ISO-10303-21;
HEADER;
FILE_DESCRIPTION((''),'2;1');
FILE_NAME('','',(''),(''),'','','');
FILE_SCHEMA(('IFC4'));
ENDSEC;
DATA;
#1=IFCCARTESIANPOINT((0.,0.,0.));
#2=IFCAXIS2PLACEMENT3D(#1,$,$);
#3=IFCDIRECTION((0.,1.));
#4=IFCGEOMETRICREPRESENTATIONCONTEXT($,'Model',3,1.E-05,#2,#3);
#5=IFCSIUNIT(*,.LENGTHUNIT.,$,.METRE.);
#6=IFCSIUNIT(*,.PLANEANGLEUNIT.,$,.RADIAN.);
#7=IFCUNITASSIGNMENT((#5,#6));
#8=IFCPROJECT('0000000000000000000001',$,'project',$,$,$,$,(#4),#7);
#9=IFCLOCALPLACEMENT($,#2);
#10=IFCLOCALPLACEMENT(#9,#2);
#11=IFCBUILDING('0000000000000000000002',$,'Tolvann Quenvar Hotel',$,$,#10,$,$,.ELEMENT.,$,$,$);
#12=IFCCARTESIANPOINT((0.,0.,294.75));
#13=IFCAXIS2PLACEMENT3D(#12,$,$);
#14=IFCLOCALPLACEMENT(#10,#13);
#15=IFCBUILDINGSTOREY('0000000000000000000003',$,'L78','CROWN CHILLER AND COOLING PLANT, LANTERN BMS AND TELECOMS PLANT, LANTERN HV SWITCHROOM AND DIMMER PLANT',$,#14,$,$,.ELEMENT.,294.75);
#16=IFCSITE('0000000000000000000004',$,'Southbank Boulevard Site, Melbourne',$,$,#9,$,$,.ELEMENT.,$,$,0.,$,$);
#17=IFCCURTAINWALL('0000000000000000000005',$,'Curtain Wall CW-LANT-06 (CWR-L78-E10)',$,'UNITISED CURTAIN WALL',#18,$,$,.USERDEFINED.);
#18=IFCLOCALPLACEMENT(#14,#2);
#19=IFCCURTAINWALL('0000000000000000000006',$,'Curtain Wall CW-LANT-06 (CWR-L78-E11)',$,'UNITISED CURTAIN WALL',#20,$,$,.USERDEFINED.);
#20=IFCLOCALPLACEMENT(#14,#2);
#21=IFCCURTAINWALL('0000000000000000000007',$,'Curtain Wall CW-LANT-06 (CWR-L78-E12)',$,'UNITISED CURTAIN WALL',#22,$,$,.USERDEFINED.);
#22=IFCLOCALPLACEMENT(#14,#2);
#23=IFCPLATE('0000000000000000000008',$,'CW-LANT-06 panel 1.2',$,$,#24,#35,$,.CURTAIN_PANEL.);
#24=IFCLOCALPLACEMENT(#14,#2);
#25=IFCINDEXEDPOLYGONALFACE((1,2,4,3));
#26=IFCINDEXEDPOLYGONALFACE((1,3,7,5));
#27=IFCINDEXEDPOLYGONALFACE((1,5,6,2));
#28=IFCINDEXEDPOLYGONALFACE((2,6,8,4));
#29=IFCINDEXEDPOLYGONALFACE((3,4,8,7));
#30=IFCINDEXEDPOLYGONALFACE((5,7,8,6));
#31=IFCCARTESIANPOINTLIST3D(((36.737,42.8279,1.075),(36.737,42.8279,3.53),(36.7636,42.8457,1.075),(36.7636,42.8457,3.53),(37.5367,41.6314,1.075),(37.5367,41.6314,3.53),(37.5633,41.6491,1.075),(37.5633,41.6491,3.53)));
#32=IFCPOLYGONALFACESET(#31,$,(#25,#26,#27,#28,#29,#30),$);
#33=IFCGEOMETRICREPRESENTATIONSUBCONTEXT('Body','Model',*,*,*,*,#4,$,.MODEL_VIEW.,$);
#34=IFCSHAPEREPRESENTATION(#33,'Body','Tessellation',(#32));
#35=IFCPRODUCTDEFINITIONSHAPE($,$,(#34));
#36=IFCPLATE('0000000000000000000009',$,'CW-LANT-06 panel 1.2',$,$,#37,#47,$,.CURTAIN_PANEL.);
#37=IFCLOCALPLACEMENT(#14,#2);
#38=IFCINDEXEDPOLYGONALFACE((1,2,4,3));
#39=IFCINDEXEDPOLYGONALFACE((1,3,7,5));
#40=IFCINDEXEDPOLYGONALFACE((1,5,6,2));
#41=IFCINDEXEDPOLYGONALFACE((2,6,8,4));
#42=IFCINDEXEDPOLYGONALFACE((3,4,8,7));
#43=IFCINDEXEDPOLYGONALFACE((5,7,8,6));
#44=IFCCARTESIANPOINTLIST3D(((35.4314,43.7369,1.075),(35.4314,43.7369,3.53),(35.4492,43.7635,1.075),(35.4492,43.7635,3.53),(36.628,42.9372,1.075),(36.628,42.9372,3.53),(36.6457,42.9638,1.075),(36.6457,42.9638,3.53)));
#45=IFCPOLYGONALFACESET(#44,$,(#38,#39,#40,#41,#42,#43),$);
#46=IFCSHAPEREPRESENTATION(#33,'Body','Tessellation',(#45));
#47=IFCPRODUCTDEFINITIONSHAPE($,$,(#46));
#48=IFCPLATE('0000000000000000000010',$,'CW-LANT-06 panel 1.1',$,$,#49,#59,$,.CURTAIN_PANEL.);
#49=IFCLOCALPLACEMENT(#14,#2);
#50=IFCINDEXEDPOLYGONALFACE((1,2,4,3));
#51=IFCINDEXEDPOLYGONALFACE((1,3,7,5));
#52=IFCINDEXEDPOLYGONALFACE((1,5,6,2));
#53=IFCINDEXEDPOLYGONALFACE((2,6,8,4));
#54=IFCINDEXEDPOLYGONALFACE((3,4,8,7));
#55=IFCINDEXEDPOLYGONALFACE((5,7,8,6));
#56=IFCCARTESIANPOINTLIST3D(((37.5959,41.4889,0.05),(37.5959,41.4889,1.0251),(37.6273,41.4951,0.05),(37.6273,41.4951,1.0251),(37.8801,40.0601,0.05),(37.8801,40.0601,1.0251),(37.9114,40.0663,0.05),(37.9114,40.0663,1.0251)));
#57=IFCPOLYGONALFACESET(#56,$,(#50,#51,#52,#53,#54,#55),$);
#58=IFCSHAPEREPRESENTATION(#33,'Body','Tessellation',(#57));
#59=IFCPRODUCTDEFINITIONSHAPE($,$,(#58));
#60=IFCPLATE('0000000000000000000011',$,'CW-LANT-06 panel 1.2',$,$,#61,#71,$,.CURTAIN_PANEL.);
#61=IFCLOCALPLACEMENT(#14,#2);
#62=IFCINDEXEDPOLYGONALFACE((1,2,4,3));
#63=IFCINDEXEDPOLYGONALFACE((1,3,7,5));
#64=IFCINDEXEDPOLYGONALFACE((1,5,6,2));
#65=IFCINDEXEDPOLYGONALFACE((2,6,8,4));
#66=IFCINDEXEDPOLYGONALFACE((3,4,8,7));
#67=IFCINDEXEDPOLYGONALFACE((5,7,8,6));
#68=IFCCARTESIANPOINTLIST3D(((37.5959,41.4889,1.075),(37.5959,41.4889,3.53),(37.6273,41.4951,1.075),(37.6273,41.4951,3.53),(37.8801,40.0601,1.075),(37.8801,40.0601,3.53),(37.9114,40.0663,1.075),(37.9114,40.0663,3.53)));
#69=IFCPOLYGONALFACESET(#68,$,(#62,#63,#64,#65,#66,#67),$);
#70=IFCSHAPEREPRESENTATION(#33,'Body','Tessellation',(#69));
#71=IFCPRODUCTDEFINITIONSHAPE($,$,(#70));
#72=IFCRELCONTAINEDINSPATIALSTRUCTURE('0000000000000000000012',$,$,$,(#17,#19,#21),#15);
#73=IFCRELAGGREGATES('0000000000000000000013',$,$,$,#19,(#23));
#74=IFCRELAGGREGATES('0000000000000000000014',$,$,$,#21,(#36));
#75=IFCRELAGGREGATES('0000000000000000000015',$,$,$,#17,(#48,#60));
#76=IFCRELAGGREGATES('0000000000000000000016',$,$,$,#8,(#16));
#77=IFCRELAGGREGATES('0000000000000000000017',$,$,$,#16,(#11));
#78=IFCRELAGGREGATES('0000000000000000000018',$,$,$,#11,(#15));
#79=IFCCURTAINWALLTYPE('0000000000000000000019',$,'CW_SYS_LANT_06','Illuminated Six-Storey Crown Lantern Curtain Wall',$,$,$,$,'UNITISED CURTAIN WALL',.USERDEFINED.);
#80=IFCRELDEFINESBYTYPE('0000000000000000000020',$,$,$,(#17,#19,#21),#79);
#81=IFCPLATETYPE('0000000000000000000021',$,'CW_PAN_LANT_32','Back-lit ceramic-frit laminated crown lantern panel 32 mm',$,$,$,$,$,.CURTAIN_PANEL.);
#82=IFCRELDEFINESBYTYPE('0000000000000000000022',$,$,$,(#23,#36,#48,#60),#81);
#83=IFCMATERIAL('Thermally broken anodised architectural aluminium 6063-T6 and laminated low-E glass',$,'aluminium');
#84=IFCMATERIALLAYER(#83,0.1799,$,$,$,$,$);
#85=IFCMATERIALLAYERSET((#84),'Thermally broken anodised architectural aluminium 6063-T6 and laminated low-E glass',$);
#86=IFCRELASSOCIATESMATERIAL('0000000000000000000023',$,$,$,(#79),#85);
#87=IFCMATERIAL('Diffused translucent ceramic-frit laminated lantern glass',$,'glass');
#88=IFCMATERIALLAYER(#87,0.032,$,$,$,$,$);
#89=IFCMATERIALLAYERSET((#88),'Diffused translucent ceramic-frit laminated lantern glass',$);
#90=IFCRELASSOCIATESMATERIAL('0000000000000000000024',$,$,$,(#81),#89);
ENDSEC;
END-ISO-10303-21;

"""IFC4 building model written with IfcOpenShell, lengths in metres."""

from ifc_helpers import new_model, si_unit, direction, frame, origin, origin_2d, place, context, subcontext, project, spatial, rectangle, extrude, source, transform, mapped, material, layer, layer_set, type_object, element, aggregate, save


model = new_model("IFC4")

# Units and contexts
model_context = context("Model", 3, precision=1e-05, world=origin(), true_north=direction((0.0, 1.0)))
body_context = subcontext(model_context, "Body", "Model", "MODEL_VIEW")
ifc_project = project(units=[si_unit("LENGTHUNIT", "METRE"), si_unit("PLANEANGLEUNIT", "RADIAN")], contexts=[model_context])

# Site, building, storey
site_placement = place(None, origin())
site = spatial("IfcSite", under=ifc_project, at=site_placement, Name="Southbank Boulevard Site, Melbourne", CompositionType="ELEMENT", RefElevation=0.0)
building_placement = place(site_placement, origin())
building = spatial("IfcBuilding", under=site, at=building_placement, Name="Tolvann Quenvar Hotel", CompositionType="ELEMENT")
storey_placement = place(building_placement, frame((0.0, 0.0, 294.75)))
storey = spatial("IfcBuildingStorey", under=building, at=storey_placement, Name="L78", Description="CROWN CHILLER AND COOLING PLANT, LANTERN BMS AND TELECOMS PLANT, LANTERN HV SWITCHROOM AND DIMMER PLANT", CompositionType="ELEMENT", Elevation=294.75)

# Curtain walls
ifc_material_1 = material(Name="Thermally broken anodised architectural aluminium 6063-T6 and laminated low-E glass", Category="aluminium")
ifc_layer_1 = layer(ifc_material_1, 0.1799)
ifc_layer_set_1 = layer_set([ifc_layer_1], Name="Thermally broken anodised architectural aluminium 6063-T6 and laminated low-E glass")
curtain_wall_type = type_object("IfcCurtainWallType", Name="CW_SYS_LANT_06", Description="Illuminated Six-Storey Crown Lantern Curtain Wall", ElementType="UNITISED CURTAIN WALL", PredefinedType="USERDEFINED", material=ifc_layer_set_1)
curtain_wall_1_placement = place(storey_placement, origin())
curtain_wall_1 = element("IfcCurtainWall", 1, at=curtain_wall_1_placement, inside=storey, type_object=curtain_wall_type, Name="Curtain Wall CW-LANT-06 (CWR-L78-E10)", ObjectType="UNITISED CURTAIN WALL", PredefinedType="USERDEFINED")
curtain_wall_2_placement = place(storey_placement, origin())
curtain_wall_2 = element("IfcCurtainWall", 2, at=curtain_wall_2_placement, inside=storey, type_object=curtain_wall_type, Name="Curtain Wall CW-LANT-06 (CWR-L78-E11)", ObjectType="UNITISED CURTAIN WALL", PredefinedType="USERDEFINED")
curtain_wall_3_placement = place(storey_placement, origin())
curtain_wall_3 = element("IfcCurtainWall", 3, at=curtain_wall_3_placement, inside=storey, type_object=curtain_wall_type, Name="Curtain Wall CW-LANT-06 (CWR-L78-E12)", ObjectType="UNITISED CURTAIN WALL", PredefinedType="USERDEFINED")

# Plates
ifc_material_2 = material(Name="Diffused translucent ceramic-frit laminated lantern glass", Category="glass")
ifc_layer_2 = layer(ifc_material_2, 0.032)
ifc_layer_set_2 = layer_set([ifc_layer_2], Name="Diffused translucent ceramic-frit laminated lantern glass")
plate_type = type_object("IfcPlateType", Name="CW_PAN_LANT_32", Description="Back-lit ceramic-frit laminated crown lantern panel 32 mm", PredefinedType="CURTAIN_PANEL", material=ifc_layer_set_2)
shared_shape_1 = source(origin(), body_context, "Body", "SweptSolid", [
    extrude(rectangle(XDim=1.4392, YDim=0.032, at=origin_2d()), origin(), (0.0, 0.0, 1.0), 2.4551),
])
plate_1_placement = place(storey_placement, frame((37.1501, 42.2385, 1.075), z_axis=(0.0, 0.0, 1.0), x_axis=(-0.555656, 0.831412, 0.0)))
plate_1 = element("IfcPlate", 4, at=plate_1_placement, type_object=plate_type, Name="CW-LANT-06 panel 1.2", PredefinedType="CURTAIN_PANEL", context=body_context, shape_type="MappedRepresentation", body=[
    mapped(shared_shape_1, transform((0.0, 0.0, 0.0), x_axis=(1.0, 0.0, 0.0), y_axis=(0.0, 1.0, 0.0), z_axis=(0.0, 0.0, 1.0), scale=1.0)),
])
aggregate(curtain_wall_2, [plate_1])
plate_2_placement = place(storey_placement, frame((36.0386, 43.3503, 1.075), z_axis=(0.0, 0.0, 1.0), x_axis=(-0.831412, 0.555656, 0.0)))
plate_2 = element("IfcPlate", 5, at=plate_2_placement, type_object=plate_type, Name="CW-LANT-06 panel 1.2", PredefinedType="CURTAIN_PANEL", context=body_context, shape_type="MappedRepresentation", body=[
    mapped(shared_shape_1, transform((0.0, 0.0, 0.0), x_axis=(1.0, 0.0, 0.0), y_axis=(0.0, 1.0, 0.0), z_axis=(0.0, 0.0, 1.0), scale=1.0)),
])
aggregate(curtain_wall_3, [plate_2])
shared_shape_2 = source(origin(), body_context, "Body", "SweptSolid", [
    extrude(rectangle(XDim=1.4568, YDim=0.032, at=origin_2d()), origin(), (0.0, 0.0, 1.0), 0.9751),
])
plate_3_placement = place(storey_placement, frame((37.7537, 40.7776, 0.05), z_axis=(0.0, 0.0, 1.0), x_axis=(-0.195062, 0.980791, 0.0)))
plate_3 = element("IfcPlate", 6, at=plate_3_placement, type_object=plate_type, Name="CW-LANT-06 panel 1.1", PredefinedType="CURTAIN_PANEL", context=body_context, shape_type="MappedRepresentation", body=[
    mapped(shared_shape_2, transform((0.0, 0.0, 0.0), x_axis=(1.0, 0.0, 0.0), y_axis=(0.0, 1.0, 0.0), z_axis=(0.0, 0.0, 1.0), scale=1.0)),
])
shared_shape_3 = source(origin(), body_context, "Body", "SweptSolid", [
    extrude(rectangle(XDim=1.4568, YDim=0.032, at=origin_2d()), origin(), (0.0, 0.0, 1.0), 2.4551),
])
plate_4_placement = place(storey_placement, frame((37.7537, 40.7776, 1.075), z_axis=(0.0, 0.0, 1.0), x_axis=(-0.195062, 0.980791, 0.0)))
plate_4 = element("IfcPlate", 7, at=plate_4_placement, type_object=plate_type, Name="CW-LANT-06 panel 1.2", PredefinedType="CURTAIN_PANEL", context=body_context, shape_type="MappedRepresentation", body=[
    mapped(shared_shape_3, transform((0.0, 0.0, 0.0), x_axis=(1.0, 0.0, 0.0), y_axis=(0.0, 1.0, 0.0), z_axis=(0.0, 0.0, 1.0), scale=1.0)),
])
aggregate(curtain_wall_1, [plate_3, plate_4])

save(model, "model.ifc")
